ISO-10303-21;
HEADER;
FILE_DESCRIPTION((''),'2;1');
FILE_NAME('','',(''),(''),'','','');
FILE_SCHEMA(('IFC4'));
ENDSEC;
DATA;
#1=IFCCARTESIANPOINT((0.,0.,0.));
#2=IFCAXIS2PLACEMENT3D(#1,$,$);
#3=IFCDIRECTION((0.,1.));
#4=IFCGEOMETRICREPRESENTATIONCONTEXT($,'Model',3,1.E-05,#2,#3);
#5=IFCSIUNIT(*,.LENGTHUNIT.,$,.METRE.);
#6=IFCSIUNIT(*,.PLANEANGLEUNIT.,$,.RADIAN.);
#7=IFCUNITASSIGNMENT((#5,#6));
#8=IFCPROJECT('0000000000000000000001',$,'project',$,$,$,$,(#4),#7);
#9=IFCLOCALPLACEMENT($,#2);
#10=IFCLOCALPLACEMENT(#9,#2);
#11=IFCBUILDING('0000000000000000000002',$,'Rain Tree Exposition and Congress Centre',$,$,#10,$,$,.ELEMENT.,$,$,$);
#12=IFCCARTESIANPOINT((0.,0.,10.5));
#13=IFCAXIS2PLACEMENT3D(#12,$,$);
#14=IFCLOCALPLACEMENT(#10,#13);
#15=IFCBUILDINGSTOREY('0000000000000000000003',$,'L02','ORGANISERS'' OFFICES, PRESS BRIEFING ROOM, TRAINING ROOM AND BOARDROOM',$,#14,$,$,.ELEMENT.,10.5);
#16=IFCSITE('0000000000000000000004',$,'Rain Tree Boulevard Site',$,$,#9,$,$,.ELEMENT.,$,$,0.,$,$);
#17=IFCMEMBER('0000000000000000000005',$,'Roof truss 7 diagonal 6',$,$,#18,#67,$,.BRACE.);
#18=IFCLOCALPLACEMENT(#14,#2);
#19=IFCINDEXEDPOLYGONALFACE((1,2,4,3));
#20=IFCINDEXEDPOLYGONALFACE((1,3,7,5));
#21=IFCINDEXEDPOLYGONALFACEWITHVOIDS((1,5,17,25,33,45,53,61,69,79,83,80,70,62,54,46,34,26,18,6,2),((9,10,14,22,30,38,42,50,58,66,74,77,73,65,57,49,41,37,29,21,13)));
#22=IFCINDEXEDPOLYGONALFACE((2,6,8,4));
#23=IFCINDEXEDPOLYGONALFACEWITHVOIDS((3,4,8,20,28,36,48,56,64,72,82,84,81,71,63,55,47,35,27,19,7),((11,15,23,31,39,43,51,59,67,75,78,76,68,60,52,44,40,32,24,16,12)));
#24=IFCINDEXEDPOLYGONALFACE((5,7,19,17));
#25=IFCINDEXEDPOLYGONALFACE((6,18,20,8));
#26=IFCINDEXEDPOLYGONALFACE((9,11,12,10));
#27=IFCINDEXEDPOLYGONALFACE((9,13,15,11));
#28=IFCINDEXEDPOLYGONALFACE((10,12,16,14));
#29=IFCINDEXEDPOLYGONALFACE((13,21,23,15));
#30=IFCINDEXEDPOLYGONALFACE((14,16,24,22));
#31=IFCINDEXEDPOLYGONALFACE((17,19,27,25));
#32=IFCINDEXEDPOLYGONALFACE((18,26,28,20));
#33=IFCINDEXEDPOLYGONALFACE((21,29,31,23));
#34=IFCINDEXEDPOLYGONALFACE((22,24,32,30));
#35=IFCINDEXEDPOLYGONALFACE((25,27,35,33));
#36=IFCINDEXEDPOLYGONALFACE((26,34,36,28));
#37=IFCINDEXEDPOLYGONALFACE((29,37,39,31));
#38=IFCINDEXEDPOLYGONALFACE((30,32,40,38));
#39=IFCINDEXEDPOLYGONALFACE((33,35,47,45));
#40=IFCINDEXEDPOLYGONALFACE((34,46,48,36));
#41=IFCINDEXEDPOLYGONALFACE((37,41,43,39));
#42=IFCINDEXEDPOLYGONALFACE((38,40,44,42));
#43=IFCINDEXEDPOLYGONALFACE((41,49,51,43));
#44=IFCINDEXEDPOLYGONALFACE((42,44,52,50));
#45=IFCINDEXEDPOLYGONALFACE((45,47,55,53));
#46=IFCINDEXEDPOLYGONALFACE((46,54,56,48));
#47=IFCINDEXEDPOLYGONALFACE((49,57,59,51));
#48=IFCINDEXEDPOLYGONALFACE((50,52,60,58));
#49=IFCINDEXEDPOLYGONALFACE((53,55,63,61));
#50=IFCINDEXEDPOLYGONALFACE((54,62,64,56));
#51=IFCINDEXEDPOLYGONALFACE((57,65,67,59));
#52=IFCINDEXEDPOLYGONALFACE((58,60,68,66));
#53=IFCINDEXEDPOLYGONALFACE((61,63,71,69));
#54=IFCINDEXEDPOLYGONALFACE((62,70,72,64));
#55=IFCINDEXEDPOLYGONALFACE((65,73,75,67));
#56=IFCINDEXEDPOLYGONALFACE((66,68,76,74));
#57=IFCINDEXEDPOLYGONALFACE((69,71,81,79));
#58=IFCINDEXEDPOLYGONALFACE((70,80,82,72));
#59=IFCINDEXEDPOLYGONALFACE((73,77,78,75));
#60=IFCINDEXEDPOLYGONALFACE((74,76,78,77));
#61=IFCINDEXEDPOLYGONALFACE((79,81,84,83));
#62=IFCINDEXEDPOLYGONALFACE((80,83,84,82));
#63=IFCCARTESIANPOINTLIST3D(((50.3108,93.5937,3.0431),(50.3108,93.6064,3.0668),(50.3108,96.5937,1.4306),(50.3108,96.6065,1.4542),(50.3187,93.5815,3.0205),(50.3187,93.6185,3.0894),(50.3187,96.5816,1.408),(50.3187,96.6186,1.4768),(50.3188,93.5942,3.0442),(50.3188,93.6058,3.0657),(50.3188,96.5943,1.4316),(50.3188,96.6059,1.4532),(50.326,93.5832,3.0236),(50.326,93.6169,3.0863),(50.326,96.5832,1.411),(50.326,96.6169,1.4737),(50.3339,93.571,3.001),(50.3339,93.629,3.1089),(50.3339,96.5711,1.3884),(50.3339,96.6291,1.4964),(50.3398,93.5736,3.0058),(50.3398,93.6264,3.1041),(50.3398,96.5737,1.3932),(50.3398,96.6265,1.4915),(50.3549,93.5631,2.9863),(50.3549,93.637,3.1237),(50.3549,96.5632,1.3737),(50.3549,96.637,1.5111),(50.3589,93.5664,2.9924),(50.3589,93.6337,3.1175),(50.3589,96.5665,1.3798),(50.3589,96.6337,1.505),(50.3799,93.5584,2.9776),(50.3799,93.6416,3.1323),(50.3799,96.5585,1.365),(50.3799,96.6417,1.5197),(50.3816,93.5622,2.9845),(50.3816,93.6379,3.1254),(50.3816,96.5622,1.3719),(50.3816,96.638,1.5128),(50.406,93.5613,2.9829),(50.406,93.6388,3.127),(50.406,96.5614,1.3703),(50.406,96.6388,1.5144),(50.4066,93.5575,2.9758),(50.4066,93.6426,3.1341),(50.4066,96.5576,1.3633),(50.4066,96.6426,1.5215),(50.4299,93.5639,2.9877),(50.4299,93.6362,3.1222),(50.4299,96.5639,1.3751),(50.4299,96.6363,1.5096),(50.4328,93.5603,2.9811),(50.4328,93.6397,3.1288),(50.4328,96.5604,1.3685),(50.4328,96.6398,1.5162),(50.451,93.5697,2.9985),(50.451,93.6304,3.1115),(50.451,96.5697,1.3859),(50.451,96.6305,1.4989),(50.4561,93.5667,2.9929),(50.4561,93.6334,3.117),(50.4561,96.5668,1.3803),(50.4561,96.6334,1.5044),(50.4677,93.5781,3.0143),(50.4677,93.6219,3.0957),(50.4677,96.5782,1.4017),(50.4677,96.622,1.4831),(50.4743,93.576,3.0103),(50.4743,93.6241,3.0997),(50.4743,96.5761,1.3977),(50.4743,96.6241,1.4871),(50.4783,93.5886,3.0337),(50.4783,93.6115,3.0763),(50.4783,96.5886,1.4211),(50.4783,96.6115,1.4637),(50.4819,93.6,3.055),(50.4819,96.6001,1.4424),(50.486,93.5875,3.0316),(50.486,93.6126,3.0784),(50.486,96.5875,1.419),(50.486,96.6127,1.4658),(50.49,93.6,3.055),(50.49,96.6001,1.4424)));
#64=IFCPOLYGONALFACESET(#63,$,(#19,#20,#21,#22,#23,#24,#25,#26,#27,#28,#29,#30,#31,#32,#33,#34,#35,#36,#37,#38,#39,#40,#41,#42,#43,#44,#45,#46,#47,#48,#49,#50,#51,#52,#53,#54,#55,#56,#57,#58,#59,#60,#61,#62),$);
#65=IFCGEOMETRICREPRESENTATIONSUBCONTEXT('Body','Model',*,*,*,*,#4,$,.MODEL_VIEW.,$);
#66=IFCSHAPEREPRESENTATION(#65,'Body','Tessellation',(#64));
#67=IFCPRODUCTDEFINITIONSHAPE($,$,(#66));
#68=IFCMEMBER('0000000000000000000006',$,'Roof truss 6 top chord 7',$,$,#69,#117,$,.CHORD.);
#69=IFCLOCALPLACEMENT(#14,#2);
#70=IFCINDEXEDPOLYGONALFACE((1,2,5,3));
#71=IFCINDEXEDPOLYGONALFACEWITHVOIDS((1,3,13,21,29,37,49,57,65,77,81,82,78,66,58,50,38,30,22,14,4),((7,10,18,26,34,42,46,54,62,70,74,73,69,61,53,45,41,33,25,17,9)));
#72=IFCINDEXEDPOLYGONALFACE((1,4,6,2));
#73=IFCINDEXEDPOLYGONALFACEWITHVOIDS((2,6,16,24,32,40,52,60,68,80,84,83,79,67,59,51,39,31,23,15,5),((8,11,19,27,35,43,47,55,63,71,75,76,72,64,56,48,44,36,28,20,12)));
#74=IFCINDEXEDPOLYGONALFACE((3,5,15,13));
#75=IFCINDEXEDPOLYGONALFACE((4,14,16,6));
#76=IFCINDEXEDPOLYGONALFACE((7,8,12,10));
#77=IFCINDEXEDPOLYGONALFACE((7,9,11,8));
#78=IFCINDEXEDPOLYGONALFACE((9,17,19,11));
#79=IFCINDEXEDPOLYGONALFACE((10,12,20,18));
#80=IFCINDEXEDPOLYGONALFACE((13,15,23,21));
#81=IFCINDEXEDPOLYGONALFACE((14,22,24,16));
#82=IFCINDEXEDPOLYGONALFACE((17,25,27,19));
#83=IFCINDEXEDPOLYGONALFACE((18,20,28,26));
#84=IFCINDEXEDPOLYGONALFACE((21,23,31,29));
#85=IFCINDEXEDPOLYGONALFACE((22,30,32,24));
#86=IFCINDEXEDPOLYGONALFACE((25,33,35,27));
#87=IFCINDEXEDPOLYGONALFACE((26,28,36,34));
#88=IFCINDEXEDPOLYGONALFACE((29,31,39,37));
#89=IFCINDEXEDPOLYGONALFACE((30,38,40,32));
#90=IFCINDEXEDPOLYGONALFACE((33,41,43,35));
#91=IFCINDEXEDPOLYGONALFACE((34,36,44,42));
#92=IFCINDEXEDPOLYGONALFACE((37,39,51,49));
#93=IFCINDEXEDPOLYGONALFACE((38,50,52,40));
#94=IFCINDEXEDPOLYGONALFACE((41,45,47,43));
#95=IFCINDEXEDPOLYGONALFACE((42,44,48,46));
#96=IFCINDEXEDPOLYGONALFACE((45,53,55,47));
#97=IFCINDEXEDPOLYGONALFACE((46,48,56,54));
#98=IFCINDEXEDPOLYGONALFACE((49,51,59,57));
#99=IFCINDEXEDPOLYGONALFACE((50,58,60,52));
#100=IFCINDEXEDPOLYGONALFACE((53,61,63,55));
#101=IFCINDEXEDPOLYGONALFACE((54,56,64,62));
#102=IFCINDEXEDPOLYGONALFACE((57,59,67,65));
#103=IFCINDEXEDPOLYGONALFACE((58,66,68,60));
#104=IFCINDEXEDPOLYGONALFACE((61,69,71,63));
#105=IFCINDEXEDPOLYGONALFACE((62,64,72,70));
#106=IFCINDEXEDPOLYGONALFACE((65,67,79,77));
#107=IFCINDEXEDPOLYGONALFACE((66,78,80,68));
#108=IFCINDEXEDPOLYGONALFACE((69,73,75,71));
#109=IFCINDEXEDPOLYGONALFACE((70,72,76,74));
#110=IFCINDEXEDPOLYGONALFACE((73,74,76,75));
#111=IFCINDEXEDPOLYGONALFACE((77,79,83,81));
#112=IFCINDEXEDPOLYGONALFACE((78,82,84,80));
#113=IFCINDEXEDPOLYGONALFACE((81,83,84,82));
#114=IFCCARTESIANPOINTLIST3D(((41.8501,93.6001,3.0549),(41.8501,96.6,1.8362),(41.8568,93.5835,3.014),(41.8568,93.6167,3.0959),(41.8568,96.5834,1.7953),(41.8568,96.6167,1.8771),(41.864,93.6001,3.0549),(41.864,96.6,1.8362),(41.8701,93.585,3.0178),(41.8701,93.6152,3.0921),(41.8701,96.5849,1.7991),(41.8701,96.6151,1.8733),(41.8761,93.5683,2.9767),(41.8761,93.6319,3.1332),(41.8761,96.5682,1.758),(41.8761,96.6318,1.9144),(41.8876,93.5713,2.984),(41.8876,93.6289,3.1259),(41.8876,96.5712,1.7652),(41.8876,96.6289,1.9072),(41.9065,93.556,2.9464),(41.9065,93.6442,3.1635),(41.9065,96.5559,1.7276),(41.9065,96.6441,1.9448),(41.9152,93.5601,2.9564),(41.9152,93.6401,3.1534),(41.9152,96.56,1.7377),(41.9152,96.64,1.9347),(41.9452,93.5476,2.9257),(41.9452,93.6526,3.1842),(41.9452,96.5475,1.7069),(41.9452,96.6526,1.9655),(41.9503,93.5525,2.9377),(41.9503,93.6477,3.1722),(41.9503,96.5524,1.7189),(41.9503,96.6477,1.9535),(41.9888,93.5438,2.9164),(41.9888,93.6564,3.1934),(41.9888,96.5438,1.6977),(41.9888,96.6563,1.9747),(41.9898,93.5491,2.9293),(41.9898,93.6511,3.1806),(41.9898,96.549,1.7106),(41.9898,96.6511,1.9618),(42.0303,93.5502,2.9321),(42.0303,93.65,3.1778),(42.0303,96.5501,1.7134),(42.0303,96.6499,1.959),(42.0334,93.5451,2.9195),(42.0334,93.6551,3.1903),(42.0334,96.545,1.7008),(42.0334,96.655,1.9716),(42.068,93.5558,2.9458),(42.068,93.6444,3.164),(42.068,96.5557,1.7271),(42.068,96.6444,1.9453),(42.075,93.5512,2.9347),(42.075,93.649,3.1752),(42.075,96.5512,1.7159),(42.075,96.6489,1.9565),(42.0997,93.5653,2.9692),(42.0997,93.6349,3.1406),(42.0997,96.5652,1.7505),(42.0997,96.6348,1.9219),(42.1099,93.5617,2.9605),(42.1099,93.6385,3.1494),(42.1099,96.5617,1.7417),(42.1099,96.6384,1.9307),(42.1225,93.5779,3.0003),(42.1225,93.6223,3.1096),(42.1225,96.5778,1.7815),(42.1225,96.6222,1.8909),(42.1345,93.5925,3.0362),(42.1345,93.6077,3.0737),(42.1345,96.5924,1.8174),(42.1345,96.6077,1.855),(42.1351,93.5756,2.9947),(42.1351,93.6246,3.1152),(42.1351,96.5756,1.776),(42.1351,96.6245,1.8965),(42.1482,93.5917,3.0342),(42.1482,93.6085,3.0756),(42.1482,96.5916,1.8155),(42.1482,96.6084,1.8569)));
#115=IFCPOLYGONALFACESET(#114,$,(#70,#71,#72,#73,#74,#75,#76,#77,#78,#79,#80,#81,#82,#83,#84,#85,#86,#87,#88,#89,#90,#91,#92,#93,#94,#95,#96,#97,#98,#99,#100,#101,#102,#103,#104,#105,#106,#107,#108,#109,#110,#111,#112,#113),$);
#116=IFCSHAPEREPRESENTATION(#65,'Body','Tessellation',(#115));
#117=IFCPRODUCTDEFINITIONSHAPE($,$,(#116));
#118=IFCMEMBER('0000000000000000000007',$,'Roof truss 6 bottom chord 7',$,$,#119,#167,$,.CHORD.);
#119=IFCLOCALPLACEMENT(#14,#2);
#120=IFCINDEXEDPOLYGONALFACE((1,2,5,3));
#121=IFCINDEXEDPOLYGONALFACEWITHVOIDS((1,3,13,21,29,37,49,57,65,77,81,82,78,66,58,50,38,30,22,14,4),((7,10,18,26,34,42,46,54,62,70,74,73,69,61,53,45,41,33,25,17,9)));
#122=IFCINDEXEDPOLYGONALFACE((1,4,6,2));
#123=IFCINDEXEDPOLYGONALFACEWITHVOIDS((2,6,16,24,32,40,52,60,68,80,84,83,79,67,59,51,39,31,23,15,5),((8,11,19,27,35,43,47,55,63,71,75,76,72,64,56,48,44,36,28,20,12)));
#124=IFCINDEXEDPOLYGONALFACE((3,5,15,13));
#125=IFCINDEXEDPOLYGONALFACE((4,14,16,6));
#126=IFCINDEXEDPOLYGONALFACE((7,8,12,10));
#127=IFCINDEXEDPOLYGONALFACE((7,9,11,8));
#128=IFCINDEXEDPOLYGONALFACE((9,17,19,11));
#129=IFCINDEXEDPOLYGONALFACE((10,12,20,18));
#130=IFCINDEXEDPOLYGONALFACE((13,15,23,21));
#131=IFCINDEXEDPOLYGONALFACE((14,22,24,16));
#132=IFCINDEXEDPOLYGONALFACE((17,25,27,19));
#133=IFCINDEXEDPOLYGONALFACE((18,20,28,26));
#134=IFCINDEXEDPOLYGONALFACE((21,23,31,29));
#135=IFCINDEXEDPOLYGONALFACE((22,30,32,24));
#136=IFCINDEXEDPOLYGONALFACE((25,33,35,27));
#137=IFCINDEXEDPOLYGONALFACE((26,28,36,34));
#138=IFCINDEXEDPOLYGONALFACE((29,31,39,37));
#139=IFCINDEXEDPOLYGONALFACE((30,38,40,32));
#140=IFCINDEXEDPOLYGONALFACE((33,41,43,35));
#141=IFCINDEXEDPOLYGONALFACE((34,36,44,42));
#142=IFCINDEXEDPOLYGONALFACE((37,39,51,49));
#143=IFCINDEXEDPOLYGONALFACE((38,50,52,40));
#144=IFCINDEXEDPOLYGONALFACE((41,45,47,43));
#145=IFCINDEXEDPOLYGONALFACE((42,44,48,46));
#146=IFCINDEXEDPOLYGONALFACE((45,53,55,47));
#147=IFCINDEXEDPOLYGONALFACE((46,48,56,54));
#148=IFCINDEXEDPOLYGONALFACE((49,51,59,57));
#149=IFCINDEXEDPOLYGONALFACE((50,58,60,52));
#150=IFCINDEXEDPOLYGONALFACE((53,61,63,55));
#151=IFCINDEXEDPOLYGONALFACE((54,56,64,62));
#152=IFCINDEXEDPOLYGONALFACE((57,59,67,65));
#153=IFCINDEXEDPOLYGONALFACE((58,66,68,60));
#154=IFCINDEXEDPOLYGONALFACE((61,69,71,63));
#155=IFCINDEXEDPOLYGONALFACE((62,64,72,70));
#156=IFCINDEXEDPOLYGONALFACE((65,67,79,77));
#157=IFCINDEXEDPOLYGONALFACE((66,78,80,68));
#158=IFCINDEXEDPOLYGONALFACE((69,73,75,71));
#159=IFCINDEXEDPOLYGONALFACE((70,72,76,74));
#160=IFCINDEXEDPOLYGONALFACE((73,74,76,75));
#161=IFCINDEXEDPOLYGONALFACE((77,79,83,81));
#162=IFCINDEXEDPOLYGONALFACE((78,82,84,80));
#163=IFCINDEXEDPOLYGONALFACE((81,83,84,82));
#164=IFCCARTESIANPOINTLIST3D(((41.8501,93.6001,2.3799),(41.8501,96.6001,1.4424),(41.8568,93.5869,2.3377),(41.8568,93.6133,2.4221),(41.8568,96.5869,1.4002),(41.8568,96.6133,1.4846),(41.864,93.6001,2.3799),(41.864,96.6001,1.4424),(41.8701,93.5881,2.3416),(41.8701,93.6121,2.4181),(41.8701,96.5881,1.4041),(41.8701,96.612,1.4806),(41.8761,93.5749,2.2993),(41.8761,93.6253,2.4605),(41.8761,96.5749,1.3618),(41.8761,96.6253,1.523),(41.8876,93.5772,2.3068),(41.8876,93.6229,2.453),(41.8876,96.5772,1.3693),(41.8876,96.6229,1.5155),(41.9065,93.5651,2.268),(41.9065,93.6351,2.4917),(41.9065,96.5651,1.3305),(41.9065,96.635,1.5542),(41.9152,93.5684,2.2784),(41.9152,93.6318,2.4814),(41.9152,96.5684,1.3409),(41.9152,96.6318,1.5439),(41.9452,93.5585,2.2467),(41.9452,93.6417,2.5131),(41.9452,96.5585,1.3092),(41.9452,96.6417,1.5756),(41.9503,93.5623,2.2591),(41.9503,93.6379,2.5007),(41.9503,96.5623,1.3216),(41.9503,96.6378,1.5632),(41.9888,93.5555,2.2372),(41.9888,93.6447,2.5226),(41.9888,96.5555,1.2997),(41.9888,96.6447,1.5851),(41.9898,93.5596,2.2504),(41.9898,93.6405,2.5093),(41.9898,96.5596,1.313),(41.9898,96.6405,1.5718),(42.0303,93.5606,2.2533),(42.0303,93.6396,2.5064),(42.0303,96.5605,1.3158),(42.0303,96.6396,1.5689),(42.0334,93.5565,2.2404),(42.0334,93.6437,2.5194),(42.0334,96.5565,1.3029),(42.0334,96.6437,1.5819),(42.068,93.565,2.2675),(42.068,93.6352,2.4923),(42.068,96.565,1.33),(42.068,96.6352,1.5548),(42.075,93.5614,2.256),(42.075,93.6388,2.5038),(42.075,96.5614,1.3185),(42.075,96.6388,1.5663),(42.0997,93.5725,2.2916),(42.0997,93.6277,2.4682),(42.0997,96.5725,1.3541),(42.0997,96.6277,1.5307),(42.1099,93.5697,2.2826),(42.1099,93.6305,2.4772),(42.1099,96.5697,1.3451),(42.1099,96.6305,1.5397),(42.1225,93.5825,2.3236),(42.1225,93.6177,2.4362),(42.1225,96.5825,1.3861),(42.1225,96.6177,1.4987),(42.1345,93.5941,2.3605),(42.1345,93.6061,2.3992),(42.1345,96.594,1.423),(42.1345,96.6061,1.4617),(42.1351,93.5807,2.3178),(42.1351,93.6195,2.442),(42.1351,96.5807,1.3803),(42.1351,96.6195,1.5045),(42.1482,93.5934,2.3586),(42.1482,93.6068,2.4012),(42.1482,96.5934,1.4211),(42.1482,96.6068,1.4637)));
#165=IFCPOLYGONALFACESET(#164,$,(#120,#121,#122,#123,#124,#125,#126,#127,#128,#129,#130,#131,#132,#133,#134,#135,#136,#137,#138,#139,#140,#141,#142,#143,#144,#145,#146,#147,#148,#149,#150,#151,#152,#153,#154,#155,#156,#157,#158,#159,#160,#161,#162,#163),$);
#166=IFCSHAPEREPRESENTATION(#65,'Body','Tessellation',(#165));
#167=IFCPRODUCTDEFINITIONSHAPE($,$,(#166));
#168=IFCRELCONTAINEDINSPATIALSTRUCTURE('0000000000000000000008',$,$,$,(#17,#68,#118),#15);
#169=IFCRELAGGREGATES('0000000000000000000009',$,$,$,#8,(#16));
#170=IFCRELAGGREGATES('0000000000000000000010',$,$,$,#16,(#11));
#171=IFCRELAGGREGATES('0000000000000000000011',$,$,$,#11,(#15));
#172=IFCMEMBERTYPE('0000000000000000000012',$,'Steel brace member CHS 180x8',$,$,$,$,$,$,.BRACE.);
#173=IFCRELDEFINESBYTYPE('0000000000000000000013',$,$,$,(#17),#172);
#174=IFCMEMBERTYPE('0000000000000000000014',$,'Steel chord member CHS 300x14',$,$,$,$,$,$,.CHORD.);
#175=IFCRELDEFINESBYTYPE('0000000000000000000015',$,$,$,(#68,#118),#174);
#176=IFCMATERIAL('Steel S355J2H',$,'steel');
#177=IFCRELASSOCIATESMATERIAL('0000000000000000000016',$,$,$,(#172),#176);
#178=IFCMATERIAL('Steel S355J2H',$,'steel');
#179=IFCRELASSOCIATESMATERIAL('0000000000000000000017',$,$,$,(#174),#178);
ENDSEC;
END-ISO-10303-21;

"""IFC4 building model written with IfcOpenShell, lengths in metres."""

from ifc_helpers import new_model, si_unit, direction, frame, origin, origin_2d, place, context, subcontext, project, spatial, hollow_circle, extrude, material, material_profile, profile_set, type_object, element, save


model = new_model("IFC4")

# Units and contexts
model_context = context("Model", 3, precision=1e-05, world=origin(), true_north=direction((0.0, 1.0)))
body_context = subcontext(model_context, "Body", "Model", "MODEL_VIEW")
ifc_project = project(units=[si_unit("LENGTHUNIT", "METRE"), si_unit("PLANEANGLEUNIT", "RADIAN")], contexts=[model_context])

# Site, building, storey
site_placement = place(None, origin())
site = spatial("IfcSite", under=ifc_project, at=site_placement, Name="Rain Tree Boulevard Site", CompositionType="ELEMENT", RefElevation=0.0)
building_placement = place(site_placement, origin())
building = spatial("IfcBuilding", under=site, at=building_placement, Name="Rain Tree Exposition and Congress Centre", CompositionType="ELEMENT")
storey_placement = place(building_placement, frame((0.0, 0.0, 10.5)))
storey = spatial("IfcBuildingStorey", under=building, at=storey_placement, Name="L02", Description="ORGANISERS' OFFICES, PRESS BRIEFING ROOM, TRAINING ROOM AND BOARDROOM", CompositionType="ELEMENT", Elevation=10.5)

# Members
ifc_material_1 = material(Name="Steel S355J2H", Category="steel")
ifc_material_profile_1 = material_profile(ifc_material_1, hollow_circle(Radius=0.0901, WallThickness=0.0081, at=origin_2d()), Name="CHS 180x8")
ifc_profile_set_1 = profile_set([ifc_material_profile_1], Name="Steel S355J2H")
member_type_1 = type_object("IfcMemberType", Name="Steel brace member CHS 180x8", PredefinedType="BRACE", material=ifc_profile_set_1)
member_1_placement = place(storey_placement, frame((50.3999, 96.6001, 1.4424), z_axis=(0.0, -0.880818, 0.473454), x_axis=(1.0, 0.0, 0.0)))
element("IfcMember", 1, at=member_1_placement, inside=storey, type_object=member_type_1, Name="Roof truss 7 diagonal 6", PredefinedType="BRACE", context=body_context, shape_type="SweptSolid", body=[
    extrude(hollow_circle(Radius=0.0901, WallThickness=0.0081, at=origin_2d()), origin(), (0.0, 0.0, 1.0), 3.406),
])
ifc_material_2 = material(Name="Steel S355J2H", Category="steel")
ifc_material_profile_2 = material_profile(ifc_material_2, hollow_circle(Radius=0.1499, WallThickness=0.0139, at=origin_2d()), Name="CHS 300x14")
ifc_profile_set_2 = profile_set([ifc_material_profile_2], Name="Steel S355J2H")
member_type_2 = type_object("IfcMemberType", Name="Steel chord member CHS 300x14", PredefinedType="CHORD", material=ifc_profile_set_2)
member_2_placement = place(storey_placement, frame((42.0, 93.6001, 3.0549), z_axis=(0.0, 0.926467, -0.376377), x_axis=(-1.0, 0.0, 0.0)))
element("IfcMember", 2, at=member_2_placement, inside=storey, type_object=member_type_2, Name="Roof truss 6 top chord 7", PredefinedType="CHORD", context=body_context, shape_type="SweptSolid", body=[
    extrude(hollow_circle(Radius=0.1499, WallThickness=0.0139, at=origin_2d()), origin(), (0.0, 0.0, 1.0), 3.238),
])
member_3_placement = place(storey_placement, frame((42.0, 93.6001, 2.3799), z_axis=(0.0, 0.95448, -0.298275), x_axis=(-1.0, 0.0, 0.0)))
element("IfcMember", 3, at=member_3_placement, inside=storey, type_object=member_type_2, Name="Roof truss 6 bottom chord 7", PredefinedType="CHORD", context=body_context, shape_type="SweptSolid", body=[
    extrude(hollow_circle(Radius=0.1499, WallThickness=0.0139, at=origin_2d()), origin(), (0.0, 0.0, 1.0), 3.1431),
])

save(model, "model.ifc")
